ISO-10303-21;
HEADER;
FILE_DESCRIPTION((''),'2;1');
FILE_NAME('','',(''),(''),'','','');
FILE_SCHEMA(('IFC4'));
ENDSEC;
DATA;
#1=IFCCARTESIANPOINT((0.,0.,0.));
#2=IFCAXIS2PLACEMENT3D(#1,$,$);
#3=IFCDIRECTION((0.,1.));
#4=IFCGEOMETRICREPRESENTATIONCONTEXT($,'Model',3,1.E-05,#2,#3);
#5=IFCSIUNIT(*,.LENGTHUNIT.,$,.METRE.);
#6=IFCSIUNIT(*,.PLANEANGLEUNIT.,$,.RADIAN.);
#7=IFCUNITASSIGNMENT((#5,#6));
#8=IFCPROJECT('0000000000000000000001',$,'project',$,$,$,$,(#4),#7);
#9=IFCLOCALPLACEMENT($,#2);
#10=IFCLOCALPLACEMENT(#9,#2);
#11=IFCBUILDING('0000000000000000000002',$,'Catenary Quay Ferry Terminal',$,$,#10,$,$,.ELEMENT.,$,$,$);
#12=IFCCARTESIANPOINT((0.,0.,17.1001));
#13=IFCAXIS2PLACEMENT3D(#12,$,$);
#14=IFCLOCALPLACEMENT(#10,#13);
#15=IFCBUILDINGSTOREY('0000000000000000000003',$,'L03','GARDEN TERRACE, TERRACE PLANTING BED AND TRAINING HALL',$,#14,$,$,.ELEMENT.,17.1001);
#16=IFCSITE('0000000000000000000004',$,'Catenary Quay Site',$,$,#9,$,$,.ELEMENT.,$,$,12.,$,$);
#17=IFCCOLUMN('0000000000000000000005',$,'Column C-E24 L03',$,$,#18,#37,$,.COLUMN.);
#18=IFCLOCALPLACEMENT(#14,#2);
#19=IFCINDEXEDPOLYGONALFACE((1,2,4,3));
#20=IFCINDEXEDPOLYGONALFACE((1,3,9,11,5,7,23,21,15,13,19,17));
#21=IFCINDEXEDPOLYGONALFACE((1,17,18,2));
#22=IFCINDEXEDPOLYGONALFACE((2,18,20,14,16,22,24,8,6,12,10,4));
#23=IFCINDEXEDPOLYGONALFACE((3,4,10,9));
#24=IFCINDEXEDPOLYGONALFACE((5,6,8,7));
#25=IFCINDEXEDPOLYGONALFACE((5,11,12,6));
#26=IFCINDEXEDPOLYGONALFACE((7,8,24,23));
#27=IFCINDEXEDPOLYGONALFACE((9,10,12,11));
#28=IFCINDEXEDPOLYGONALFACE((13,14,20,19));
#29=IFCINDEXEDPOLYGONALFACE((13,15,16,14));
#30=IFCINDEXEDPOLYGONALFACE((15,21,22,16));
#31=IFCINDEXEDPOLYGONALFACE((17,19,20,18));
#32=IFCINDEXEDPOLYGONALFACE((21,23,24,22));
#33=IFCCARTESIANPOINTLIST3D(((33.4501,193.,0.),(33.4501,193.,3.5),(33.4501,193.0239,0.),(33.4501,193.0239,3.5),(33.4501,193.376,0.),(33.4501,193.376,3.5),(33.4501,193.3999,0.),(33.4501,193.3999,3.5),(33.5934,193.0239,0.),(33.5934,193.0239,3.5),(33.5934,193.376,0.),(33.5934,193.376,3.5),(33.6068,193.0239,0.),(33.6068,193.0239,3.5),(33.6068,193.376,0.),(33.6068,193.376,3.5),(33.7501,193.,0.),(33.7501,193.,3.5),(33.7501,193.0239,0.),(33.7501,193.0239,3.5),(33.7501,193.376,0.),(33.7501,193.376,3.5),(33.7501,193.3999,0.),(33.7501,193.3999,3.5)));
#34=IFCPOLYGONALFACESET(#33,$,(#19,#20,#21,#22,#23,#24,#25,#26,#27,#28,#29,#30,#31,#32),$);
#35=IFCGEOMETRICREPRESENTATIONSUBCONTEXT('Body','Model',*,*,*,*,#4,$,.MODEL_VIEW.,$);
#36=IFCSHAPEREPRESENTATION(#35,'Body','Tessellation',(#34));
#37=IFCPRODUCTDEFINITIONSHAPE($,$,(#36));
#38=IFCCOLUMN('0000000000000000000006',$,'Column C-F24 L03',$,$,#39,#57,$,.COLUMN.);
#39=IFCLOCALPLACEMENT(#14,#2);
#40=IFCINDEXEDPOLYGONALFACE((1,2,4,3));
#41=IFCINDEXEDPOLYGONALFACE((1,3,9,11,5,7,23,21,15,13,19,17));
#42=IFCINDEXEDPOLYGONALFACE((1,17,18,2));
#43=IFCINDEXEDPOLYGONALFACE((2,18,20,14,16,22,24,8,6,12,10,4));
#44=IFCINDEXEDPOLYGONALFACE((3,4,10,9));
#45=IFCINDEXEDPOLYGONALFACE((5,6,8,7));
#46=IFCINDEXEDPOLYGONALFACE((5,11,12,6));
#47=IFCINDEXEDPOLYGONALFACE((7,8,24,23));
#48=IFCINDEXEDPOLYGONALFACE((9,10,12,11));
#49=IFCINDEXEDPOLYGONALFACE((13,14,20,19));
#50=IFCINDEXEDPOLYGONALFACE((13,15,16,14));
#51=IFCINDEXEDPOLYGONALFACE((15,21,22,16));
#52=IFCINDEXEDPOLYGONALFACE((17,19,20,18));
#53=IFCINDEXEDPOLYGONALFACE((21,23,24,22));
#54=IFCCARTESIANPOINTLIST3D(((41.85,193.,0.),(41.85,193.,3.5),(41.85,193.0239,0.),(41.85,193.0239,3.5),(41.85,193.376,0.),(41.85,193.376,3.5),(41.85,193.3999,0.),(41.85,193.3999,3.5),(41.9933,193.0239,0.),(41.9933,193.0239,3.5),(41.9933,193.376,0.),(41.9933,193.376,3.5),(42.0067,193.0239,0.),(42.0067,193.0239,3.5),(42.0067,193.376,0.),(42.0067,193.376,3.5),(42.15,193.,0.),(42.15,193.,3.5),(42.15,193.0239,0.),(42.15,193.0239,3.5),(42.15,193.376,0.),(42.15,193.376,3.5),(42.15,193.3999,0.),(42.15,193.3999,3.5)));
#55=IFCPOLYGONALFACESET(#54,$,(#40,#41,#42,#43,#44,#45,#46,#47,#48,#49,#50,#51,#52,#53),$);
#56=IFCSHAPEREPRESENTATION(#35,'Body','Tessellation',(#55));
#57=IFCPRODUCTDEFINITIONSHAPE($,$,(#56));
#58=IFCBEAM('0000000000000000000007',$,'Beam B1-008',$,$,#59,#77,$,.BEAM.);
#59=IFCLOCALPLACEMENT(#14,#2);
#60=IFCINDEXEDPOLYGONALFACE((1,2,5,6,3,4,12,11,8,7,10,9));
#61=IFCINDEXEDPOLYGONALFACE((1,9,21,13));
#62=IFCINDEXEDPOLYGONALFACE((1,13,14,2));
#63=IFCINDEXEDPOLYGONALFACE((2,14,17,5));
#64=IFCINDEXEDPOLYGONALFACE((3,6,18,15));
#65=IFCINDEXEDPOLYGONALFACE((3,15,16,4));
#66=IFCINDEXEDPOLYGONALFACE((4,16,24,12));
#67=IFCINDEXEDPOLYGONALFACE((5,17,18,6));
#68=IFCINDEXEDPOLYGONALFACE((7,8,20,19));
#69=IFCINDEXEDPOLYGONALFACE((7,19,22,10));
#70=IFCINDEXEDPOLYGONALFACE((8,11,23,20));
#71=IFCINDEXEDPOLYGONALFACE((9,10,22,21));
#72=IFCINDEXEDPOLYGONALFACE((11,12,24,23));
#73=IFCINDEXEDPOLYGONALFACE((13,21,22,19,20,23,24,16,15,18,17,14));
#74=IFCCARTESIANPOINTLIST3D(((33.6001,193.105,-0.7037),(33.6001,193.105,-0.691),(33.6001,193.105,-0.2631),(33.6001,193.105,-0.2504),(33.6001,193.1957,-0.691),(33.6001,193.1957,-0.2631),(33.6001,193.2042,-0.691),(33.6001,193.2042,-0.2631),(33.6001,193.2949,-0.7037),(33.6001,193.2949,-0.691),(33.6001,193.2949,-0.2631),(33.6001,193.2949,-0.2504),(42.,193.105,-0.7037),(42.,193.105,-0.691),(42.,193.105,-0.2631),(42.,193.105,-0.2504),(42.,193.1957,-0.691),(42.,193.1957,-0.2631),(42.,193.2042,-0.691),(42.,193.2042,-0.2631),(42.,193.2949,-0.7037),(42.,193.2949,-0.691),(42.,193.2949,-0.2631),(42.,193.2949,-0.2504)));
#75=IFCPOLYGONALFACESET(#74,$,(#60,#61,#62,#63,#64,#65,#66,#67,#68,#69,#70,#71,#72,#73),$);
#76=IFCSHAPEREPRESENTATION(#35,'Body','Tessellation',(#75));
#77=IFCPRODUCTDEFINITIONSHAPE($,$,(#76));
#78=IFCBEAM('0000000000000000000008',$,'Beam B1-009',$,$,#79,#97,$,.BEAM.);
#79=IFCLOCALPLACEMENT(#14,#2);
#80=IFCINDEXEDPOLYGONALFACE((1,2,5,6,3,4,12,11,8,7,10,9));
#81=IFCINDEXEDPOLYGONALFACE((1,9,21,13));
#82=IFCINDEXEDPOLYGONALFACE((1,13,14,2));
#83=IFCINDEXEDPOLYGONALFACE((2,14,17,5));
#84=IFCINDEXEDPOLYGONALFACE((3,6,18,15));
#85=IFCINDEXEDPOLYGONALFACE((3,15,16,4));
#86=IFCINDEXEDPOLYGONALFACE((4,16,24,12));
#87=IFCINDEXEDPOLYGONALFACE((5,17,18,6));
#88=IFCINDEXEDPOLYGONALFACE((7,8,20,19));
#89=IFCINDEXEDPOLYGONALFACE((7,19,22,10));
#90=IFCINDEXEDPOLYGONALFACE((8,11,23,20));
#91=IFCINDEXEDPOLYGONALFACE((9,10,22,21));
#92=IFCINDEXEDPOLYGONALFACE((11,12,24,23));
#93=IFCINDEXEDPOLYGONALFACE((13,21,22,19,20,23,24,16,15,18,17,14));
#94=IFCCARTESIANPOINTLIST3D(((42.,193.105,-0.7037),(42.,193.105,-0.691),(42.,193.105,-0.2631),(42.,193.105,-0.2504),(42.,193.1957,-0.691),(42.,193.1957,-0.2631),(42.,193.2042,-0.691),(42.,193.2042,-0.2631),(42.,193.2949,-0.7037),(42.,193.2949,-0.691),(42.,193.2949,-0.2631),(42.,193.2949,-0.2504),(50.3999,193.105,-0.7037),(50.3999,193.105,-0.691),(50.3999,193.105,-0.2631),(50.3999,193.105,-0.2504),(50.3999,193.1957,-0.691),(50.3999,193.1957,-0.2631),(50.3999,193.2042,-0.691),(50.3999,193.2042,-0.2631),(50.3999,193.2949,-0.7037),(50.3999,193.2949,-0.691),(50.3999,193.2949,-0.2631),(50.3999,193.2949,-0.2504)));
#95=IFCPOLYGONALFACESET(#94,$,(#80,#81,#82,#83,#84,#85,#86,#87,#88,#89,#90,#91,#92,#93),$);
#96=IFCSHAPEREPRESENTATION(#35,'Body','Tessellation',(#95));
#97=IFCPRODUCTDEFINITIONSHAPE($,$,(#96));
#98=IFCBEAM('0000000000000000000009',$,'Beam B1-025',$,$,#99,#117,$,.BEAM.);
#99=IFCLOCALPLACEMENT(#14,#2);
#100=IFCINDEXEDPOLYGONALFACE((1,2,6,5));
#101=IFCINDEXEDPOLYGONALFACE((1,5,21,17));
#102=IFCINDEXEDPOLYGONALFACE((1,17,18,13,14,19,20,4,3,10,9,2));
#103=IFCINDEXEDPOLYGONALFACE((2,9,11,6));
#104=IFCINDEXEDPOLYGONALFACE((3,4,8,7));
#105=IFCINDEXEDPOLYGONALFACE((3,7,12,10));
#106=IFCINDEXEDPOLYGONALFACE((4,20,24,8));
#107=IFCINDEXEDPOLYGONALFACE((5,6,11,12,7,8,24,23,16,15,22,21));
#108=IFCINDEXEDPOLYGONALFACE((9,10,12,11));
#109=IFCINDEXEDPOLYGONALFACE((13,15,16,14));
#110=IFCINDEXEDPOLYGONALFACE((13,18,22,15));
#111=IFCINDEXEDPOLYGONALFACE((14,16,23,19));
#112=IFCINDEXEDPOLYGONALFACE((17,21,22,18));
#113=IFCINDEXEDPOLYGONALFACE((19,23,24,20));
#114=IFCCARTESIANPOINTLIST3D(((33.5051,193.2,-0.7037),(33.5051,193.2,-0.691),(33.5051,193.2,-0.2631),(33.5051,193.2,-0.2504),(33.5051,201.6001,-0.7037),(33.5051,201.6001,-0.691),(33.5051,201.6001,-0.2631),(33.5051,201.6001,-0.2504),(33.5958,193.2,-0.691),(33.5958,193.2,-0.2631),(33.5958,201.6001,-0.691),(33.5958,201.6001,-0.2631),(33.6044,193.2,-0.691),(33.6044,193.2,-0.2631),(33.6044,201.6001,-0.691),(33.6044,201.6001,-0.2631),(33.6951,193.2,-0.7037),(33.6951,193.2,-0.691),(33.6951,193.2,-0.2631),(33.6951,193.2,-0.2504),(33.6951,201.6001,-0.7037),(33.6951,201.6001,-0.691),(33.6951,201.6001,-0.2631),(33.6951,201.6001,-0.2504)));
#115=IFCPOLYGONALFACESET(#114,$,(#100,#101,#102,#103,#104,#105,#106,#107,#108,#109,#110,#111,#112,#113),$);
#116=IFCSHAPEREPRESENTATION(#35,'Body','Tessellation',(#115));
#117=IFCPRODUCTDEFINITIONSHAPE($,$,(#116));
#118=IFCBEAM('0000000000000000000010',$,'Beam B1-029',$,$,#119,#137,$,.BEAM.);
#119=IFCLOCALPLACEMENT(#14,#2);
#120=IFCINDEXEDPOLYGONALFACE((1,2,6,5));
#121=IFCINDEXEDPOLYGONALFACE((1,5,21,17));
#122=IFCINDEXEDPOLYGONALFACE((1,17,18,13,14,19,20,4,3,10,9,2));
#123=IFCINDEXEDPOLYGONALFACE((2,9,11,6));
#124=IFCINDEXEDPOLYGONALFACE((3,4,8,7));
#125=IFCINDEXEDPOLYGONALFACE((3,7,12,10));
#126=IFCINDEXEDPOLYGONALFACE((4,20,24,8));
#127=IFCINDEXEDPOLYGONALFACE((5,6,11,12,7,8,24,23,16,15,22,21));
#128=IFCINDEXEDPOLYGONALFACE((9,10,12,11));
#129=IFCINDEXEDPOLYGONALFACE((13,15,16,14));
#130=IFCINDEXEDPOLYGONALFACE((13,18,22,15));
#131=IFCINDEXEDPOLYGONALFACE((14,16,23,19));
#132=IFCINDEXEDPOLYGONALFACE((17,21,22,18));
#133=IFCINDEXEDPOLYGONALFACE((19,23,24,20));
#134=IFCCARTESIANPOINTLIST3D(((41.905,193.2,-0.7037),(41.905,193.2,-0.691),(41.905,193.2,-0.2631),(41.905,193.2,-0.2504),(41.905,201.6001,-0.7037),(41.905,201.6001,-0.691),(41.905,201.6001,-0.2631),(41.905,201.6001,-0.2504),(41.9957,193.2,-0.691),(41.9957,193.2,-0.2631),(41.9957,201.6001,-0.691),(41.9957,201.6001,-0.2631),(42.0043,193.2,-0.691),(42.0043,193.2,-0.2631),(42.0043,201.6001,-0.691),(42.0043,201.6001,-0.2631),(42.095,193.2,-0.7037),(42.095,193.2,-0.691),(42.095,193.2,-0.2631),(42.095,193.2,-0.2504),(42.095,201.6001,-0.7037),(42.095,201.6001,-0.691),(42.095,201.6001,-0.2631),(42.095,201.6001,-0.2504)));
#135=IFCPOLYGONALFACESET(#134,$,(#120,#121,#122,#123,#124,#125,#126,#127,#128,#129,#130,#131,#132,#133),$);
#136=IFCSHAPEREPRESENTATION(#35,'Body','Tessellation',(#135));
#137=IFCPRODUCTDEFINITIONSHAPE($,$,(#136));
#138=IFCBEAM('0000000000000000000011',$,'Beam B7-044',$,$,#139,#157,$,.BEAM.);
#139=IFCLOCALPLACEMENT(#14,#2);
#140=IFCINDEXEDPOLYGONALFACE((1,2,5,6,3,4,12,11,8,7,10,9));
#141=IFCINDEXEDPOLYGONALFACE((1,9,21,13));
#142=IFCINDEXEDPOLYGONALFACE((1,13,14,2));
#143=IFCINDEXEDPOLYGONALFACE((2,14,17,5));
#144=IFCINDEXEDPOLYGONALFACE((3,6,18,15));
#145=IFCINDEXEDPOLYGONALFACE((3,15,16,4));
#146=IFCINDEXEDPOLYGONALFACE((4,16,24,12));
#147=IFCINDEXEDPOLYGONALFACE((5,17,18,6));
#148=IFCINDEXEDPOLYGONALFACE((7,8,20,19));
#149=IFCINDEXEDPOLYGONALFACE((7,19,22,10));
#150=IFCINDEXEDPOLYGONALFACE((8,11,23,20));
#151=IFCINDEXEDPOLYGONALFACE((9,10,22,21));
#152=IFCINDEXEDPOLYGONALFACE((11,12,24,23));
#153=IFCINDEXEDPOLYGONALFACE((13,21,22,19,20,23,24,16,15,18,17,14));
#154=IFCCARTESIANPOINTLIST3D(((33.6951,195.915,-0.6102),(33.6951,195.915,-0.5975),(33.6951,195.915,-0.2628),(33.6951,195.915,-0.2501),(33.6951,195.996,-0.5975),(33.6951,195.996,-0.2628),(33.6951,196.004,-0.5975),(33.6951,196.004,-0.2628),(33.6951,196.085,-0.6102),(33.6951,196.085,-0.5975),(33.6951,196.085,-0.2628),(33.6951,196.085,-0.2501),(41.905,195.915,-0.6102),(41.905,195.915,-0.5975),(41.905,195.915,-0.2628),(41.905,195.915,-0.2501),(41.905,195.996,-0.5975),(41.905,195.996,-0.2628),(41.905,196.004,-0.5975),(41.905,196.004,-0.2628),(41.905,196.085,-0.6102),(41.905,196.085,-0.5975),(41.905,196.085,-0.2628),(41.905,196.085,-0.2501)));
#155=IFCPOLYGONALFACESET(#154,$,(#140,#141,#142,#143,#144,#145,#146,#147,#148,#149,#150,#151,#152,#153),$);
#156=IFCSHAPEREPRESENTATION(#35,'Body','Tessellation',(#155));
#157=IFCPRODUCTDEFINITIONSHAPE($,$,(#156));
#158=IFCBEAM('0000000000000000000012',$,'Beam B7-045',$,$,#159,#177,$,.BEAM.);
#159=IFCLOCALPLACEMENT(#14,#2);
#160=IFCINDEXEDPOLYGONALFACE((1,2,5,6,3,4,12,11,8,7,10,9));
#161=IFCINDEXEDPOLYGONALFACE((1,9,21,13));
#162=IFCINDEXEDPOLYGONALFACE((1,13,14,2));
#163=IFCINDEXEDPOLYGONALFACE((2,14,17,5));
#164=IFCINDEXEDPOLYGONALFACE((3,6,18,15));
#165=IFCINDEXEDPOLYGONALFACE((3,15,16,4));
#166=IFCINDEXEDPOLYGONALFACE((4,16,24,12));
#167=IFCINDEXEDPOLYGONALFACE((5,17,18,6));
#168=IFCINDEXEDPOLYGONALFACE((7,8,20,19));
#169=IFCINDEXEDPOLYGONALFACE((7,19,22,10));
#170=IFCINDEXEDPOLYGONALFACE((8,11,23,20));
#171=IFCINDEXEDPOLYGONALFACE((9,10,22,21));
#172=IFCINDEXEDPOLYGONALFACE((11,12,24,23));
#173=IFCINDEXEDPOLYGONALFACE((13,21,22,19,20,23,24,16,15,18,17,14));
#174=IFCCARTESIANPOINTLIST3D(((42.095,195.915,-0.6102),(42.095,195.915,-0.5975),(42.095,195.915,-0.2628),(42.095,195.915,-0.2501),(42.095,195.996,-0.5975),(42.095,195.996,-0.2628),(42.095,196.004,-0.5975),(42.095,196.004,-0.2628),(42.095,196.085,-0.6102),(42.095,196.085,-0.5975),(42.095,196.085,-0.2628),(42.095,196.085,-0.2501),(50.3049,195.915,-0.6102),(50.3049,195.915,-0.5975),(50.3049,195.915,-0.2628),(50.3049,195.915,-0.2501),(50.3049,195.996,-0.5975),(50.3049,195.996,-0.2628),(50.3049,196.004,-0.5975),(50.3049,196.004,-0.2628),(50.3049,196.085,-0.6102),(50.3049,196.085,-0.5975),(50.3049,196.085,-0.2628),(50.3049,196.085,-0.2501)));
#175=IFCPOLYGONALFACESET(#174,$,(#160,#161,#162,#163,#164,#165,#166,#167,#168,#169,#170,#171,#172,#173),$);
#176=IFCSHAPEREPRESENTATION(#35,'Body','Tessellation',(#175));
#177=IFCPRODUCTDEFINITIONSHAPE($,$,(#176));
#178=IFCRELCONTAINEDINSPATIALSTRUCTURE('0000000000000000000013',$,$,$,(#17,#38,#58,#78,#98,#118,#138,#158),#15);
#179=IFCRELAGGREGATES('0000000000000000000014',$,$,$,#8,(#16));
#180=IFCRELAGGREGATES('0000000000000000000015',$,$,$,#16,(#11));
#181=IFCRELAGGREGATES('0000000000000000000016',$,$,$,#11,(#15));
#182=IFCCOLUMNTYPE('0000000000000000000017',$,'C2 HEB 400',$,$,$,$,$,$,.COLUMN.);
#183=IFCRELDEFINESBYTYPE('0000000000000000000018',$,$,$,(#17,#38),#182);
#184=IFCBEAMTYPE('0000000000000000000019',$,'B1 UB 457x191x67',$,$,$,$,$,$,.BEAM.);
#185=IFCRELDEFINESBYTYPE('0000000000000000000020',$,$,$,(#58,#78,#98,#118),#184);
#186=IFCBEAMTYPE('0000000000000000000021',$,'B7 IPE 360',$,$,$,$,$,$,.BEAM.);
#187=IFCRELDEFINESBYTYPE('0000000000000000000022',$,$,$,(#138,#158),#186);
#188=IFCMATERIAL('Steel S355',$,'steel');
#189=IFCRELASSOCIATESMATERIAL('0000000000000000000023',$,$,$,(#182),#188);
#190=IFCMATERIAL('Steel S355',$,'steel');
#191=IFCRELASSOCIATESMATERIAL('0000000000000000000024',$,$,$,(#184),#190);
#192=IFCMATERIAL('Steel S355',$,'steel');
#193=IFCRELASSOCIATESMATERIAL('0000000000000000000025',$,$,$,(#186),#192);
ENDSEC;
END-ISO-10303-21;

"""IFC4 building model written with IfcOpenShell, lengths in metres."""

from ifc_helpers import new_model, si_unit, direction, frame, origin, origin_2d, place, context, subcontext, project, spatial, i_section, extrude, material, material_profile, profile_set, type_object, element, save


model = new_model("IFC4")

# Units and contexts
model_context = context("Model", 3, precision=1e-05, world=origin(), true_north=direction((0.0, 1.0)))
body_context = subcontext(model_context, "Body", "Model", "MODEL_VIEW")
ifc_project = project(units=[si_unit("LENGTHUNIT", "METRE"), si_unit("PLANEANGLEUNIT", "RADIAN")], contexts=[model_context])

# Site, building, storey
site_placement = place(None, origin())
site = spatial("IfcSite", under=ifc_project, at=site_placement, Name="Catenary Quay Site", CompositionType="ELEMENT", RefElevation=12.0)
building_placement = place(site_placement, origin())
building = spatial("IfcBuilding", under=site, at=building_placement, Name="Catenary Quay Ferry Terminal", CompositionType="ELEMENT")
storey_placement = place(building_placement, frame((0.0, 0.0, 17.1001)))
storey = spatial("IfcBuildingStorey", under=building, at=storey_placement, Name="L03", Description="GARDEN TERRACE, TERRACE PLANTING BED AND TRAINING HALL", CompositionType="ELEMENT", Elevation=17.1001)

# Columns
ifc_material_1 = material(Name="Steel S355", Category="steel")
ifc_material_profile_1 = material_profile(ifc_material_1, i_section(OverallWidth=0.3, OverallDepth=0.3999, WebThickness=0.0134, FlangeThickness=0.0239, at=origin_2d()), Name="HEB 400")
ifc_profile_set_1 = profile_set([ifc_material_profile_1], Name="Steel S355")
column_type = type_object("IfcColumnType", Name="C2 HEB 400", PredefinedType="COLUMN", material=ifc_profile_set_1)
for number, where, z_axis, x_axis, name in (
    (1, (33.6001, 193.2, 0.0), (0.0, 0.0, 1.0), (1.0, 0.0, 0.0), "Column C-E24 L03"),
    (2, (42.0, 193.2, 0.0), (0.0, 0.0, 1.0), (1.0, 0.0, 0.0), "Column C-F24 L03"),
):
    element("IfcColumn", number, at=place(storey_placement, frame(where, z_axis=z_axis, x_axis=x_axis)), inside=storey, type_object=column_type, Name=name, PredefinedType="COLUMN", context=body_context, shape_type="SweptSolid", body=[
        extrude(i_section(OverallWidth=0.3, OverallDepth=0.3999, WebThickness=0.0134, FlangeThickness=0.0239, at=origin_2d()), origin(), (0.0, 0.0, 1.0), 3.5),
    ])

# Beams
ifc_material_2 = material(Name="Steel S355", Category="steel")
ifc_material_profile_2 = material_profile(ifc_material_2, i_section(OverallWidth=0.1899, OverallDepth=0.4534, WebThickness=0.0085, FlangeThickness=0.0127, at=origin_2d()), Name="UB 457x191x67")
ifc_profile_set_2 = profile_set([ifc_material_profile_2], Name="Steel S355")
beam_type_1 = type_object("IfcBeamType", Name="B1 UB 457x191x67", PredefinedType="BEAM", material=ifc_profile_set_2)
for number, where, z_axis, x_axis, name in (
    (3, (33.6001, 193.2, -0.4771), (1.0, 0.0, 0.0), (0.0, 1.0, 0.0), "Beam B1-008"),
    (4, (42.0, 193.2, -0.4771), (1.0, 0.0, 0.0), (0.0, 1.0, 0.0), "Beam B1-009"),
):
    element("IfcBeam", number, at=place(storey_placement, frame(where, z_axis=z_axis, x_axis=x_axis)), inside=storey, type_object=beam_type_1, Name=name, PredefinedType="BEAM", context=body_context, shape_type="SweptSolid", body=[
        extrude(i_section(OverallWidth=0.1899, OverallDepth=0.4534, WebThickness=0.0085, FlangeThickness=0.0127, at=origin_2d()), origin(), (0.0, 0.0, 1.0), 8.3999),
    ])
for number, where, z_axis, x_axis, name in (
    (5, (33.6001, 193.2, -0.4771), (0.0, 1.0, 0.0), (-1.0, 0.0, 0.0), "Beam B1-025"),
    (6, (42.0, 193.2, -0.4771), (0.0, 1.0, 0.0), (-1.0, 0.0, 0.0), "Beam B1-029"),
):
    element("IfcBeam", number, at=place(storey_placement, frame(where, z_axis=z_axis, x_axis=x_axis)), inside=storey, type_object=beam_type_1, Name=name, PredefinedType="BEAM", context=body_context, shape_type="SweptSolid", body=[
        extrude(i_section(OverallWidth=0.1899, OverallDepth=0.4534, WebThickness=0.0085, FlangeThickness=0.0127, at=origin_2d()), origin(), (0.0, 0.0, 1.0), 8.4001),
    ])
ifc_material_3 = material(Name="Steel S355", Category="steel")
ifc_material_profile_3 = material_profile(ifc_material_3, i_section(OverallWidth=0.1699, OverallDepth=0.3601, WebThickness=0.0081, FlangeThickness=0.0127, at=origin_2d()), Name="IPE 360")
ifc_profile_set_3 = profile_set([ifc_material_profile_3], Name="Steel S355")
beam_type_2 = type_object("IfcBeamType", Name="B7 IPE 360", PredefinedType="BEAM", material=ifc_profile_set_3)
for number, where, z_axis, x_axis, name in (
    (7, (33.6951, 196.0, -0.4302), (1.0, 0.0, 0.0), (0.0, 1.0, 0.0), "Beam B7-044"),
    (8, (42.095, 196.0, -0.4302), (1.0, 0.0, 0.0), (0.0, 1.0, 0.0), "Beam B7-045"),
):
    element("IfcBeam", number, at=place(storey_placement, frame(where, z_axis=z_axis, x_axis=x_axis)), inside=storey, type_object=beam_type_2, Name=name, PredefinedType="BEAM", context=body_context, shape_type="SweptSolid", body=[
        extrude(i_section(OverallWidth=0.1699, OverallDepth=0.3601, WebThickness=0.0081, FlangeThickness=0.0127, at=origin_2d()), origin(), (0.0, 0.0, 1.0), 8.21),
    ])

save(model, "model.ifc")
